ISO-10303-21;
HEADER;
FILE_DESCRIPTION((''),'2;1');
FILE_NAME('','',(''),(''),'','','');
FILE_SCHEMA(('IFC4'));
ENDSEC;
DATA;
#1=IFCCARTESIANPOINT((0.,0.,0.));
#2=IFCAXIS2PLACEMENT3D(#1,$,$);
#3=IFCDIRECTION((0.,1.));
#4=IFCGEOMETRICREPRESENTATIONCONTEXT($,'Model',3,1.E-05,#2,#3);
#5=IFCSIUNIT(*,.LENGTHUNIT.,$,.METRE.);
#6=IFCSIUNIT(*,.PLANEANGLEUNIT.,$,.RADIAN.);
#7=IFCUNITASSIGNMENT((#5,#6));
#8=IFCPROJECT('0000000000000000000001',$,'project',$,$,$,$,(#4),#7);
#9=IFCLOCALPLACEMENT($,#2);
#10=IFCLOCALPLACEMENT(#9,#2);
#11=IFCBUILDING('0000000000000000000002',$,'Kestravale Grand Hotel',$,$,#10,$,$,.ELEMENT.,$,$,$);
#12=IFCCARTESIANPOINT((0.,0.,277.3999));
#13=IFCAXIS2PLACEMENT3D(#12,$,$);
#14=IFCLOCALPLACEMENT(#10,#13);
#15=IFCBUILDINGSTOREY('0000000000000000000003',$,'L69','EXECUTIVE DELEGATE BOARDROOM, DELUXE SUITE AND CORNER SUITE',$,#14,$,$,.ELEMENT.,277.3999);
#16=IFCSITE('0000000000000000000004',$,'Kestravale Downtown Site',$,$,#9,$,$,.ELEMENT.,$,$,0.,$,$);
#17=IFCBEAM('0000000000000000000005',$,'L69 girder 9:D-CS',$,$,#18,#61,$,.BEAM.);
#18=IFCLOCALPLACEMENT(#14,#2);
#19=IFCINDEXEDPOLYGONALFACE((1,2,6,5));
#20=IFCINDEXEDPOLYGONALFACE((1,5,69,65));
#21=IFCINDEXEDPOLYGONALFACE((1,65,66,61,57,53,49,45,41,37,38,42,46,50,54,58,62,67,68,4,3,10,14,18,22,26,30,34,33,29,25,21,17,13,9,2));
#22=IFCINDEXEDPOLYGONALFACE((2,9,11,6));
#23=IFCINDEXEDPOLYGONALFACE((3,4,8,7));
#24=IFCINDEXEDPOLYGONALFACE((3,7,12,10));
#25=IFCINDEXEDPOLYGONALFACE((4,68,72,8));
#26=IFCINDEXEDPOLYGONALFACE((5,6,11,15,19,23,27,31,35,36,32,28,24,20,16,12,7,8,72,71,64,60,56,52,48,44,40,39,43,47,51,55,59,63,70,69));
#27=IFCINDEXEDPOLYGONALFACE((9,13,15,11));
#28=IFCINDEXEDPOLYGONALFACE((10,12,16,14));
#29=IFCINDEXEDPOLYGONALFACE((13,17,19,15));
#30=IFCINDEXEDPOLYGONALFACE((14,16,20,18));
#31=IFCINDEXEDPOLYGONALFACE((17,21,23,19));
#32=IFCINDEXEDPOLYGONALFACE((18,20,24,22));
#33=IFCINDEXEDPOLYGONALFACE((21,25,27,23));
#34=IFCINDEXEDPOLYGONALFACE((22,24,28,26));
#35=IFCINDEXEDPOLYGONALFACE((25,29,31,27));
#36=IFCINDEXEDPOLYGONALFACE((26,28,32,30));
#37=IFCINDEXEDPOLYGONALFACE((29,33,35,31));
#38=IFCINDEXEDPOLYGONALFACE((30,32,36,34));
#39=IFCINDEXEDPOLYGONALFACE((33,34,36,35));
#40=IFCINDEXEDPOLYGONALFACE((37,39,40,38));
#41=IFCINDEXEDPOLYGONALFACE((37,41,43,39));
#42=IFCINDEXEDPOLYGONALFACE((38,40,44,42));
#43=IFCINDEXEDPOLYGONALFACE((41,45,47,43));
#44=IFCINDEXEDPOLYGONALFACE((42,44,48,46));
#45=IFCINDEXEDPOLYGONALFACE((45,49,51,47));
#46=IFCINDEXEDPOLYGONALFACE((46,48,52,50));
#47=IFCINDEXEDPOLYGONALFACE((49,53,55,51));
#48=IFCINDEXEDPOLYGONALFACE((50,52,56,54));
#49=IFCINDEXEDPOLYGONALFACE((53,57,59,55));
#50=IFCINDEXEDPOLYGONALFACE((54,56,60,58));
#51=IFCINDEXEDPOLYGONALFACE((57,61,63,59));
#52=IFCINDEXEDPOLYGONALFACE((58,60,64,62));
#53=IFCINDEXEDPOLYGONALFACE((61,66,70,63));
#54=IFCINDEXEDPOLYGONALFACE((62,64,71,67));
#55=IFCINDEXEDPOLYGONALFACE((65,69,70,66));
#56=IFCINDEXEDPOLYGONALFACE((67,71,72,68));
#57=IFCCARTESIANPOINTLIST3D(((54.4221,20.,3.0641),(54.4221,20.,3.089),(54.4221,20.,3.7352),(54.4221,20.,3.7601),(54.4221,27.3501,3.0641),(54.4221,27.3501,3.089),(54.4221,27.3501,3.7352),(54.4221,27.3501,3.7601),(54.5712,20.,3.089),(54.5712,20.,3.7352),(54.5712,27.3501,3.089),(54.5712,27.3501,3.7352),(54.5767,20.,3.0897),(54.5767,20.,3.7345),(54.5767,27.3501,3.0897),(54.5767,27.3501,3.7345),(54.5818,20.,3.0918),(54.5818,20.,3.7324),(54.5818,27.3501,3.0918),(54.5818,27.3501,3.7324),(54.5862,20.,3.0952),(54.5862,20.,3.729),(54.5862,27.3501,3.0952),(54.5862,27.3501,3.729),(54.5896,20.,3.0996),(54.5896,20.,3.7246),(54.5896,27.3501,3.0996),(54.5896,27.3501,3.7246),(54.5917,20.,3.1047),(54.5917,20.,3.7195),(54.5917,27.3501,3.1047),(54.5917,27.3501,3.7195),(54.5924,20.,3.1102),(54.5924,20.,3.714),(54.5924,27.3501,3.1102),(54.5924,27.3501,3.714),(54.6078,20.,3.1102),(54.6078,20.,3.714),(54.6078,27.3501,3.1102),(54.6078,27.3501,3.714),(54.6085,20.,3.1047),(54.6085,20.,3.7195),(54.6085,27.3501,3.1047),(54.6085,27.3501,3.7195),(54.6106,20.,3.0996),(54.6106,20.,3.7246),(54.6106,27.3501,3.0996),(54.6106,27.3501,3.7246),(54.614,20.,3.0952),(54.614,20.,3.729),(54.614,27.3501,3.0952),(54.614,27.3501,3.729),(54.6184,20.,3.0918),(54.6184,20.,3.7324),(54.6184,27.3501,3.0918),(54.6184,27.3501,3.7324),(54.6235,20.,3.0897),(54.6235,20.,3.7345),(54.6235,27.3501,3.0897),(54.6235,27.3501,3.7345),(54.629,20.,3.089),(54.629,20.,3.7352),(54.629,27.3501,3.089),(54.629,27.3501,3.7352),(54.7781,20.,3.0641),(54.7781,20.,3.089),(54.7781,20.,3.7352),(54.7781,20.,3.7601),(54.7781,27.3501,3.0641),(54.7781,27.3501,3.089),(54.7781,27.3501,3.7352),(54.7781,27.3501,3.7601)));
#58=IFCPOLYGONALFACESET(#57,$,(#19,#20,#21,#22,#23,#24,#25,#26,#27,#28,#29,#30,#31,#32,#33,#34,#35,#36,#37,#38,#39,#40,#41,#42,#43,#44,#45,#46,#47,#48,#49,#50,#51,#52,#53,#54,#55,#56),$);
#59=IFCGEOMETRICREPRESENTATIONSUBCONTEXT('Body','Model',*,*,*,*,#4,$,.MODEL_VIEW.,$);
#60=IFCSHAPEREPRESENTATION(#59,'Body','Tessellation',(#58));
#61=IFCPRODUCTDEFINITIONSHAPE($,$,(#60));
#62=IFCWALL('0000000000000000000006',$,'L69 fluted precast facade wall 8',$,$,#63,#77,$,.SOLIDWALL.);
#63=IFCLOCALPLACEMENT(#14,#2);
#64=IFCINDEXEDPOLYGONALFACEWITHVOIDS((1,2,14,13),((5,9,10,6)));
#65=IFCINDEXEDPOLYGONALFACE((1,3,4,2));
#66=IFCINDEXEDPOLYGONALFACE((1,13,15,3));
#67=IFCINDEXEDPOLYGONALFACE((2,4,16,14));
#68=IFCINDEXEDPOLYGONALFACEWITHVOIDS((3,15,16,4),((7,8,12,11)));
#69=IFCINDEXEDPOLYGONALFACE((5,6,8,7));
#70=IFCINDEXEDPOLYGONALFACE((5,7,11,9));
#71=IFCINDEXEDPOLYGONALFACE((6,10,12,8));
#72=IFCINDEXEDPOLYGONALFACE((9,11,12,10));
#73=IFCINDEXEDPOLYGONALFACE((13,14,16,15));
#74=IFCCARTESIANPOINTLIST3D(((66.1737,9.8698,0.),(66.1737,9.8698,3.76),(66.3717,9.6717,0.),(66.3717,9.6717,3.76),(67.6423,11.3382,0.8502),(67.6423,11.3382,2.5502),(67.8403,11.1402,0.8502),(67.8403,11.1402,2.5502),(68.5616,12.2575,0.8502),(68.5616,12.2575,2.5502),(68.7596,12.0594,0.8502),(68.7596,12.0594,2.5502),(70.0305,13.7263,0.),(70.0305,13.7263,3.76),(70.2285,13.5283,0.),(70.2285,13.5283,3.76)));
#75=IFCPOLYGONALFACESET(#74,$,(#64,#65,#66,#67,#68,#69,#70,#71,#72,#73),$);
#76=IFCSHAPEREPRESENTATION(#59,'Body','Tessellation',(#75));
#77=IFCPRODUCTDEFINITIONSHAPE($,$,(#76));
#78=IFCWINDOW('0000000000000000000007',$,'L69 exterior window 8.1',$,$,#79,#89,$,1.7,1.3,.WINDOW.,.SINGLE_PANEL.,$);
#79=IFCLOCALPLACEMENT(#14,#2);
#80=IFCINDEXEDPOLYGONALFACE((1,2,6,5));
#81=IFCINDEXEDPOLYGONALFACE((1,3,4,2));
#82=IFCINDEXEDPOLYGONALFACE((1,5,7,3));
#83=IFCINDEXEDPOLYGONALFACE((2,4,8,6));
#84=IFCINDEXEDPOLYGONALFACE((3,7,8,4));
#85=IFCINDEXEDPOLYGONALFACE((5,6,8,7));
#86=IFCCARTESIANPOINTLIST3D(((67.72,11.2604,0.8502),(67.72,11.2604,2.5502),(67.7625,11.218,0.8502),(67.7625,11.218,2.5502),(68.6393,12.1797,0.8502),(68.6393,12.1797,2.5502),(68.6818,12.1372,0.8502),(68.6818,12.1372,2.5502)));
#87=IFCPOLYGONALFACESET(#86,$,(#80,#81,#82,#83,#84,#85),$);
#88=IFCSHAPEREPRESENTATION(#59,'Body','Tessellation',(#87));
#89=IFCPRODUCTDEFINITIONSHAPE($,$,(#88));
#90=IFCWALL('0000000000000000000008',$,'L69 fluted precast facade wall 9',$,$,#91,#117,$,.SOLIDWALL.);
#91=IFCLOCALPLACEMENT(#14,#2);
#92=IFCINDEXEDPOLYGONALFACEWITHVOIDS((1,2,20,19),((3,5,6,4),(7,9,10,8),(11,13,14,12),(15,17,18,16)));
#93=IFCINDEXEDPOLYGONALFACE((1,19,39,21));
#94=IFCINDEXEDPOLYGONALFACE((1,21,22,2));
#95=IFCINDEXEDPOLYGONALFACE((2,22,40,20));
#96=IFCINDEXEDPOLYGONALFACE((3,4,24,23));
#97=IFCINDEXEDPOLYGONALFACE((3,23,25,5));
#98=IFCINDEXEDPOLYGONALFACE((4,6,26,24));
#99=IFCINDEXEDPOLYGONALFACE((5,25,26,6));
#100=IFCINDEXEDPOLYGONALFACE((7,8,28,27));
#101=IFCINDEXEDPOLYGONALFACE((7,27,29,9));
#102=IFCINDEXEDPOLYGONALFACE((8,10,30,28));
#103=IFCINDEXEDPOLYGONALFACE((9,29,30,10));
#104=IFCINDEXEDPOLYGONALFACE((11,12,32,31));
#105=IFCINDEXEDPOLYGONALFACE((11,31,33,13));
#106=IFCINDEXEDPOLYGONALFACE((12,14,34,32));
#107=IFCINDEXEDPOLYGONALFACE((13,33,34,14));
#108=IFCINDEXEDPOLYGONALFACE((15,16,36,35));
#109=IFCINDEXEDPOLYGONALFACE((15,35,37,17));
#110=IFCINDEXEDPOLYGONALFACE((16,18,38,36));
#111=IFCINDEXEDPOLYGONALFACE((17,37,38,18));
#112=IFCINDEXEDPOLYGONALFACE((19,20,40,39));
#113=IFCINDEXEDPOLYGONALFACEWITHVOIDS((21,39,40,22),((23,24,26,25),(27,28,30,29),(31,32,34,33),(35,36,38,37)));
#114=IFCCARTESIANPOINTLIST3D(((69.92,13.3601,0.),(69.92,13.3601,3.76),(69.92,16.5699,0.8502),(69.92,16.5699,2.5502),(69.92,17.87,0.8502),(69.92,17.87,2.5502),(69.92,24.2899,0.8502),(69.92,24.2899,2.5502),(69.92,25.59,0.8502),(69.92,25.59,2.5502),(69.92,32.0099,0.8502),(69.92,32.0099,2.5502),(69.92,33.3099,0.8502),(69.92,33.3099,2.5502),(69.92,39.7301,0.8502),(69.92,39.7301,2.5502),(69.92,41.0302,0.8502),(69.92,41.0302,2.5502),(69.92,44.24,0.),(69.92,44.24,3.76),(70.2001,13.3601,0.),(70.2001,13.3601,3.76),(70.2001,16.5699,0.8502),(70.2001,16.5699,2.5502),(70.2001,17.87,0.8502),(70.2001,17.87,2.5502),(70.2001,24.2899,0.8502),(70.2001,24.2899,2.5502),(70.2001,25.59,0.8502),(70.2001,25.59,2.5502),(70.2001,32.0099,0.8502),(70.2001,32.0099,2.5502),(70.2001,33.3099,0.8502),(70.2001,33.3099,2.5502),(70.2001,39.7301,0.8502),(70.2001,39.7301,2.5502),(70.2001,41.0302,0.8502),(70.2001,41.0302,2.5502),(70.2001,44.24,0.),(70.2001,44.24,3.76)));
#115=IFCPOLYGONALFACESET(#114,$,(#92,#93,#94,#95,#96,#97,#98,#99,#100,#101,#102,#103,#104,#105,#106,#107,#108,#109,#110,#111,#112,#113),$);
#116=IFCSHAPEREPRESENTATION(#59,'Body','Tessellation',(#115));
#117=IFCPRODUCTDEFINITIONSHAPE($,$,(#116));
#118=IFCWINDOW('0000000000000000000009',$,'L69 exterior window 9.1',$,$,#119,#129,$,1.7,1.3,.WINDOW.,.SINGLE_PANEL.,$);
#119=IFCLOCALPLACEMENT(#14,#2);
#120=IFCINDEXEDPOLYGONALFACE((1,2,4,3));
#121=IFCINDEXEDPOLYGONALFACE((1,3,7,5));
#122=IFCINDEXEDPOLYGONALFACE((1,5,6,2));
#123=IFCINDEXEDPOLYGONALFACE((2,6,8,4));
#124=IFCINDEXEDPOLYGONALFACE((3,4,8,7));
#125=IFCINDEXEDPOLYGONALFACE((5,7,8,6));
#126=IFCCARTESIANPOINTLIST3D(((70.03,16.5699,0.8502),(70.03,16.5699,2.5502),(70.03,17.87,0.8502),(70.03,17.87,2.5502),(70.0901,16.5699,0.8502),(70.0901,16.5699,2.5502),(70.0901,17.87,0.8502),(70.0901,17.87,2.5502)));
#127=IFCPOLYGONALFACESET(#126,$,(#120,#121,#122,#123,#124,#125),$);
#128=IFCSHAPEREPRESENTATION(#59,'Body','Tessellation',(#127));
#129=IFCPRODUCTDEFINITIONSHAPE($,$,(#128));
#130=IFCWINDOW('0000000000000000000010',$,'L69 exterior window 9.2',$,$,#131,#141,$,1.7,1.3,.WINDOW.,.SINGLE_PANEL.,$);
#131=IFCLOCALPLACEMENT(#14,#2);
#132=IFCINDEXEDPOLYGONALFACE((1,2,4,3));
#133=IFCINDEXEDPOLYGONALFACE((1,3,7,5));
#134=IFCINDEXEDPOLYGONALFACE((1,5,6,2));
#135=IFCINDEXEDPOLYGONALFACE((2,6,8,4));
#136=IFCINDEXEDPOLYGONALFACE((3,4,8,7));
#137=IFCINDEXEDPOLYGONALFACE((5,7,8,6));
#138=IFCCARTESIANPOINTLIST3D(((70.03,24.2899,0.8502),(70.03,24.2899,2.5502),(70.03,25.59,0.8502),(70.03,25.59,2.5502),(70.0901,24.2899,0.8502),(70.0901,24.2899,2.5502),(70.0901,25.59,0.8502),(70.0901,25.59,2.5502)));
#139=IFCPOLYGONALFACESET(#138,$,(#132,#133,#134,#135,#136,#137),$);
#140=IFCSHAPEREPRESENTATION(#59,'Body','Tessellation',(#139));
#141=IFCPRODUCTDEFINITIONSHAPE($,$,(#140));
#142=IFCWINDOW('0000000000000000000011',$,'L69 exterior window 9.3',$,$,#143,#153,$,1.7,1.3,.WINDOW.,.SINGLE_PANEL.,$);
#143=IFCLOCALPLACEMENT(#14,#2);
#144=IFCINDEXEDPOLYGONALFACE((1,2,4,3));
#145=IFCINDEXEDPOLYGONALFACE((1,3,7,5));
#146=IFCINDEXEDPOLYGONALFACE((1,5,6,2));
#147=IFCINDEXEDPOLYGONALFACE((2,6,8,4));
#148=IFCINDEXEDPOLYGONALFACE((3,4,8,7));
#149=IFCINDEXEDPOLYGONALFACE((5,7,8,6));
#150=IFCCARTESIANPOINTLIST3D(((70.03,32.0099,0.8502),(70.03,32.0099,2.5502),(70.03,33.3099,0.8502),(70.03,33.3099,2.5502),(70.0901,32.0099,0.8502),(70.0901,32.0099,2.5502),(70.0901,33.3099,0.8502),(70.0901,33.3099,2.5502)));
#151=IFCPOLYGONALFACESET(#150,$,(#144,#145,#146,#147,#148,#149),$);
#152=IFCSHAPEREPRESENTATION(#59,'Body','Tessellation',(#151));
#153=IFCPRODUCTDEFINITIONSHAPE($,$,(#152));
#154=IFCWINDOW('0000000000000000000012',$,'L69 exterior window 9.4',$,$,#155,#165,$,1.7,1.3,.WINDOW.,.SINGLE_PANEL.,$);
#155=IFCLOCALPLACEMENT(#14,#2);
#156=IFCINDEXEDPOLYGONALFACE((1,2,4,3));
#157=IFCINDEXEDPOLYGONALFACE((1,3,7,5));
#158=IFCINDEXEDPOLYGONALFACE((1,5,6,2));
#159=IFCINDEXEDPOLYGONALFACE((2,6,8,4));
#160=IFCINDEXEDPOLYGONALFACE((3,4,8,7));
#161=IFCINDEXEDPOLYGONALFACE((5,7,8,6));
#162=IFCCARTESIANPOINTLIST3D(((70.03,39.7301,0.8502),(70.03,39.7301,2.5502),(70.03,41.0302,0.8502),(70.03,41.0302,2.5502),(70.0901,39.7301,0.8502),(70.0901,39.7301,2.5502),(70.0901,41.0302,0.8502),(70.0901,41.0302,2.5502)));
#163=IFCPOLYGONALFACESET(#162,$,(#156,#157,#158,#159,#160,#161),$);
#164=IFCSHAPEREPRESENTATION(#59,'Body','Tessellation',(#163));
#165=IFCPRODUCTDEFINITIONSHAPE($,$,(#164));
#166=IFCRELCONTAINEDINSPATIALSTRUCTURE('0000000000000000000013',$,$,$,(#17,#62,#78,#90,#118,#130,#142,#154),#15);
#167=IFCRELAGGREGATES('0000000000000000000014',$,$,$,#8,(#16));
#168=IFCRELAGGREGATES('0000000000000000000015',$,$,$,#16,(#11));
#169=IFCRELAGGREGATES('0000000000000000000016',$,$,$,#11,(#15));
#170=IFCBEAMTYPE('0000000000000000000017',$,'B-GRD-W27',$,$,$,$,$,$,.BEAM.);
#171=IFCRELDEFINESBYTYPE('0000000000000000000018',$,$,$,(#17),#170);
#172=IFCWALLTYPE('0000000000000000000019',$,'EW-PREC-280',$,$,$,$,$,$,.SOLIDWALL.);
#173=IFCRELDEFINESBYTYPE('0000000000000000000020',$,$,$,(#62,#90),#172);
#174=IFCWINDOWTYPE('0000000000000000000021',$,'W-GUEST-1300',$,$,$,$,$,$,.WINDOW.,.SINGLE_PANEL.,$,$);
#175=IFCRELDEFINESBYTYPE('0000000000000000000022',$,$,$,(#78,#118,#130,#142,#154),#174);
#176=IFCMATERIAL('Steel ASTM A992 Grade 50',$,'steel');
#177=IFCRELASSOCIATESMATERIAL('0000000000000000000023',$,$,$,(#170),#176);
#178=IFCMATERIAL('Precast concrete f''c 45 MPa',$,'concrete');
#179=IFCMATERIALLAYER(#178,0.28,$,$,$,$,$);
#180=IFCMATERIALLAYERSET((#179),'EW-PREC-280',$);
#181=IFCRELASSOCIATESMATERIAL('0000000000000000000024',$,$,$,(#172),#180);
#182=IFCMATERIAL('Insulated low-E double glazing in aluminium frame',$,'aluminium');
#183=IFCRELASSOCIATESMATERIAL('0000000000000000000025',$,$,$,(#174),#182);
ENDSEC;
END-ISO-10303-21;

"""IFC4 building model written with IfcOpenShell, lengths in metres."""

from ifc_helpers import new_model, si_unit, direction, frame, frame_2d, origin, origin_2d, place, context, subcontext, project, spatial, rectangle, i_section, extrude, material, layer, layer_set, material_profile, profile_set, type_object, element, fill, save


model = new_model("IFC4")

# Units and contexts
model_context = context("Model", 3, precision=1e-05, world=origin(), true_north=direction((0.0, 1.0)))
body_context = subcontext(model_context, "Body", "Model", "MODEL_VIEW")
ifc_project = project(units=[si_unit("LENGTHUNIT", "METRE"), si_unit("PLANEANGLEUNIT", "RADIAN")], contexts=[model_context])

# Site, building, storey
site_placement = place(None, origin())
site = spatial("IfcSite", under=ifc_project, at=site_placement, Name="Kestravale Downtown Site", CompositionType="ELEMENT", RefElevation=0.0)
building_placement = place(site_placement, origin())
building = spatial("IfcBuilding", under=site, at=building_placement, Name="Kestravale Grand Hotel", CompositionType="ELEMENT")
storey_placement = place(building_placement, frame((0.0, 0.0, 277.3999)))
storey = spatial("IfcBuildingStorey", under=building, at=storey_placement, Name="L69", Description="EXECUTIVE DELEGATE BOARDROOM, DELUXE SUITE AND CORNER SUITE", CompositionType="ELEMENT", Elevation=277.3999)

# Beam
ifc_material_1 = material(Name="Steel ASTM A992 Grade 50", Category="steel")
ifc_material_profile_1 = material_profile(ifc_material_1, i_section(OverallWidth=0.356, OverallDepth=0.696, WebThickness=0.0154, FlangeThickness=0.0249, FilletRadius=0.0212, at=origin_2d()))
ifc_profile_set_1 = profile_set([ifc_material_profile_1], Name="Steel ASTM A992 Grade 50")
beam_type_1 = type_object("IfcBeamType", Name="B-GRD-W27", PredefinedType="BEAM", material=ifc_profile_set_1)
beam_1_placement = place(storey_placement, frame((54.6001, 20.0, 3.4121), z_axis=(0.0, 1.0, 0.0), x_axis=(-1.0, 0.0, 0.0)))
element("IfcBeam", 1, at=beam_1_placement, inside=storey, type_object=beam_type_1, Name="L69 girder 9:D-CS", PredefinedType="BEAM", context=body_context, shape_type="SweptSolid", body=[
    extrude(i_section(OverallWidth=0.356, OverallDepth=0.696, WebThickness=0.0154, FlangeThickness=0.0249, FilletRadius=0.0212, at=origin_2d()), origin(), (0.0, 0.0, 1.0), 7.3501),
])

# Wall, opening, window
ifc_material_2 = material(Name="Precast concrete f'c 45 MPa", Category="concrete")
ifc_layer_1 = layer(ifc_material_2, 0.28)
ifc_layer_set_1 = layer_set([ifc_layer_1], Name="EW-PREC-280")
wall_type_1 = type_object("IfcWallType", Name="EW-PREC-280", PredefinedType="SOLIDWALL", material=ifc_layer_set_1)
wall_1_placement = place(storey_placement, frame((66.2727, 9.7708, 0.0), z_axis=(0.0, 0.0, 1.0), x_axis=(0.707129, 0.707084, 0.0)))
wall_1 = element("IfcWall", 2, at=wall_1_placement, inside=storey, type_object=wall_type_1, Name="L69 fluted precast facade wall 8", PredefinedType="SOLIDWALL", context=body_context, shape_type="SweptSolid", body=[
    extrude(rectangle(XDim=5.4541, YDim=0.28, at=frame_2d((2.7271, 0.0))), origin(), (0.0, 0.0, 1.0), 3.76),
])
opening_1_placement = place(wall_1_placement, frame((2.0769, 0.0, 0.8501)))
opening_1 = element("IfcOpeningElement", 3, at=opening_1_placement, cuts=wall_1, PredefinedType="OPENING", context=body_context, shape_type="SweptSolid", body=[
    extrude(rectangle(XDim=1.3, YDim=1.7, at=frame_2d((0.6499, 0.8501))), frame((0.0, 0.1499, 0.0), z_axis=(0.0, -1.0, 0.0), x_axis=(1.0, 0.0, 0.0)), (0.0, 0.0, 1.0), 0.3),
])
ifc_material_3 = material(Name="Insulated low-E double glazing in aluminium frame", Category="aluminium")
window_type = type_object("IfcWindowType", Name="W-GUEST-1300", PartitioningType="SINGLE_PANEL", PredefinedType="WINDOW", material=ifc_material_3)
window_1_placement = place(opening_1_placement, origin())
window_1 = element("IfcWindow", 4, at=window_1_placement, inside=storey, type_object=window_type, Name="L69 exterior window 8.1", OverallHeight=1.7, OverallWidth=1.3, PartitioningType="SINGLE_PANEL", PredefinedType="WINDOW", context=body_context, shape_type="SweptSolid", body=[
    extrude(rectangle(XDim=1.3, YDim=1.7, at=frame_2d((0.6499, 0.8501))), frame((0.0, 0.03, 0.0), z_axis=(0.0, -1.0, 0.0), x_axis=(1.0, 0.0, 0.0)), (0.0, 0.0, 1.0), 0.0601),
])
fill(opening_1, window_1)

# Wall, openings, windows
wall_2_placement = place(storey_placement, frame((70.0601, 13.3601, 0.0), z_axis=(0.0, 0.0, 1.0), x_axis=(0.0, 1.0, 0.0)))
wall_2 = element("IfcWall", 5, at=wall_2_placement, inside=storey, type_object=wall_type_1, Name="L69 fluted precast facade wall 9", PredefinedType="SOLIDWALL", context=body_context, shape_type="SweptSolid", body=[
    extrude(rectangle(XDim=30.8799, YDim=0.28, at=frame_2d((15.4399, 0.0))), origin(), (0.0, 0.0, 1.0), 3.76),
])
opening_2_placement = place(wall_2_placement, frame((3.21, 0.0, 0.8501)))
opening_2 = element("IfcOpeningElement", 6, at=opening_2_placement, cuts=wall_2, PredefinedType="OPENING", context=body_context, shape_type="SweptSolid", body=[
    extrude(rectangle(XDim=1.3, YDim=1.7, at=frame_2d((0.6499, 0.8501))), frame((0.0, 0.1499, 0.0), z_axis=(0.0, -1.0, 0.0), x_axis=(1.0, 0.0, 0.0)), (0.0, 0.0, 1.0), 0.3),
])
opening_3_placement = place(wall_2_placement, frame((10.9299, 0.0, 0.8501)))
opening_3 = element("IfcOpeningElement", 7, at=opening_3_placement, cuts=wall_2, PredefinedType="OPENING", context=body_context, shape_type="SweptSolid", body=[
    extrude(rectangle(XDim=1.3, YDim=1.7, at=frame_2d((0.6499, 0.8501))), frame((0.0, 0.1499, 0.0), z_axis=(0.0, -1.0, 0.0), x_axis=(1.0, 0.0, 0.0)), (0.0, 0.0, 1.0), 0.3),
])
opening_4_placement = place(wall_2_placement, frame((18.6499, 0.0, 0.8501)))
opening_4 = element("IfcOpeningElement", 8, at=opening_4_placement, cuts=wall_2, PredefinedType="OPENING", context=body_context, shape_type="SweptSolid", body=[
    extrude(rectangle(XDim=1.3, YDim=1.7, at=frame_2d((0.6499, 0.8501))), frame((0.0, 0.1499, 0.0), z_axis=(0.0, -1.0, 0.0), x_axis=(1.0, 0.0, 0.0)), (0.0, 0.0, 1.0), 0.3),
])
opening_5_placement = place(wall_2_placement, frame((26.3701, 0.0, 0.8501)))
opening_5 = element("IfcOpeningElement", 9, at=opening_5_placement, cuts=wall_2, PredefinedType="OPENING", context=body_context, shape_type="SweptSolid", body=[
    extrude(rectangle(XDim=1.3, YDim=1.7, at=frame_2d((0.6499, 0.8501))), frame((0.0, 0.1499, 0.0), z_axis=(0.0, -1.0, 0.0), x_axis=(1.0, 0.0, 0.0)), (0.0, 0.0, 1.0), 0.3),
])
window_2_placement = place(opening_2_placement, origin())
window_2 = element("IfcWindow", 10, at=window_2_placement, inside=storey, type_object=window_type, Name="L69 exterior window 9.1", OverallHeight=1.7, OverallWidth=1.3, PartitioningType="SINGLE_PANEL", PredefinedType="WINDOW", context=body_context, shape_type="SweptSolid", body=[
    extrude(rectangle(XDim=1.3, YDim=1.7, at=frame_2d((0.6499, 0.8501))), frame((0.0, 0.03, 0.0), z_axis=(0.0, -1.0, 0.0), x_axis=(1.0, 0.0, 0.0)), (0.0, 0.0, 1.0), 0.0601),
])
fill(opening_2, window_2)
window_3_placement = place(opening_3_placement, origin())
window_3 = element("IfcWindow", 11, at=window_3_placement, inside=storey, type_object=window_type, Name="L69 exterior window 9.2", OverallHeight=1.7, OverallWidth=1.3, PartitioningType="SINGLE_PANEL", PredefinedType="WINDOW", context=body_context, shape_type="SweptSolid", body=[
    extrude(rectangle(XDim=1.3, YDim=1.7, at=frame_2d((0.6499, 0.8501))), frame((0.0, 0.03, 0.0), z_axis=(0.0, -1.0, 0.0), x_axis=(1.0, 0.0, 0.0)), (0.0, 0.0, 1.0), 0.0601),
])
fill(opening_3, window_3)
window_4_placement = place(opening_4_placement, origin())
window_4 = element("IfcWindow", 12, at=window_4_placement, inside=storey, type_object=window_type, Name="L69 exterior window 9.3", OverallHeight=1.7, OverallWidth=1.3, PartitioningType="SINGLE_PANEL", PredefinedType="WINDOW", context=body_context, shape_type="SweptSolid", body=[
    extrude(rectangle(XDim=1.3, YDim=1.7, at=frame_2d((0.6499, 0.8501))), frame((0.0, 0.03, 0.0), z_axis=(0.0, -1.0, 0.0), x_axis=(1.0, 0.0, 0.0)), (0.0, 0.0, 1.0), 0.0601),
])
fill(opening_4, window_4)
window_5_placement = place(opening_5_placement, origin())
window_5 = element("IfcWindow", 13, at=window_5_placement, inside=storey, type_object=window_type, Name="L69 exterior window 9.4", OverallHeight=1.7, OverallWidth=1.3, PartitioningType="SINGLE_PANEL", PredefinedType="WINDOW", context=body_context, shape_type="SweptSolid", body=[
    extrude(rectangle(XDim=1.3, YDim=1.7, at=frame_2d((0.6499, 0.8501))), frame((0.0, 0.03, 0.0), z_axis=(0.0, -1.0, 0.0), x_axis=(1.0, 0.0, 0.0)), (0.0, 0.0, 1.0), 0.0601),
])
fill(opening_5, window_5)

save(model, "model.ifc")
